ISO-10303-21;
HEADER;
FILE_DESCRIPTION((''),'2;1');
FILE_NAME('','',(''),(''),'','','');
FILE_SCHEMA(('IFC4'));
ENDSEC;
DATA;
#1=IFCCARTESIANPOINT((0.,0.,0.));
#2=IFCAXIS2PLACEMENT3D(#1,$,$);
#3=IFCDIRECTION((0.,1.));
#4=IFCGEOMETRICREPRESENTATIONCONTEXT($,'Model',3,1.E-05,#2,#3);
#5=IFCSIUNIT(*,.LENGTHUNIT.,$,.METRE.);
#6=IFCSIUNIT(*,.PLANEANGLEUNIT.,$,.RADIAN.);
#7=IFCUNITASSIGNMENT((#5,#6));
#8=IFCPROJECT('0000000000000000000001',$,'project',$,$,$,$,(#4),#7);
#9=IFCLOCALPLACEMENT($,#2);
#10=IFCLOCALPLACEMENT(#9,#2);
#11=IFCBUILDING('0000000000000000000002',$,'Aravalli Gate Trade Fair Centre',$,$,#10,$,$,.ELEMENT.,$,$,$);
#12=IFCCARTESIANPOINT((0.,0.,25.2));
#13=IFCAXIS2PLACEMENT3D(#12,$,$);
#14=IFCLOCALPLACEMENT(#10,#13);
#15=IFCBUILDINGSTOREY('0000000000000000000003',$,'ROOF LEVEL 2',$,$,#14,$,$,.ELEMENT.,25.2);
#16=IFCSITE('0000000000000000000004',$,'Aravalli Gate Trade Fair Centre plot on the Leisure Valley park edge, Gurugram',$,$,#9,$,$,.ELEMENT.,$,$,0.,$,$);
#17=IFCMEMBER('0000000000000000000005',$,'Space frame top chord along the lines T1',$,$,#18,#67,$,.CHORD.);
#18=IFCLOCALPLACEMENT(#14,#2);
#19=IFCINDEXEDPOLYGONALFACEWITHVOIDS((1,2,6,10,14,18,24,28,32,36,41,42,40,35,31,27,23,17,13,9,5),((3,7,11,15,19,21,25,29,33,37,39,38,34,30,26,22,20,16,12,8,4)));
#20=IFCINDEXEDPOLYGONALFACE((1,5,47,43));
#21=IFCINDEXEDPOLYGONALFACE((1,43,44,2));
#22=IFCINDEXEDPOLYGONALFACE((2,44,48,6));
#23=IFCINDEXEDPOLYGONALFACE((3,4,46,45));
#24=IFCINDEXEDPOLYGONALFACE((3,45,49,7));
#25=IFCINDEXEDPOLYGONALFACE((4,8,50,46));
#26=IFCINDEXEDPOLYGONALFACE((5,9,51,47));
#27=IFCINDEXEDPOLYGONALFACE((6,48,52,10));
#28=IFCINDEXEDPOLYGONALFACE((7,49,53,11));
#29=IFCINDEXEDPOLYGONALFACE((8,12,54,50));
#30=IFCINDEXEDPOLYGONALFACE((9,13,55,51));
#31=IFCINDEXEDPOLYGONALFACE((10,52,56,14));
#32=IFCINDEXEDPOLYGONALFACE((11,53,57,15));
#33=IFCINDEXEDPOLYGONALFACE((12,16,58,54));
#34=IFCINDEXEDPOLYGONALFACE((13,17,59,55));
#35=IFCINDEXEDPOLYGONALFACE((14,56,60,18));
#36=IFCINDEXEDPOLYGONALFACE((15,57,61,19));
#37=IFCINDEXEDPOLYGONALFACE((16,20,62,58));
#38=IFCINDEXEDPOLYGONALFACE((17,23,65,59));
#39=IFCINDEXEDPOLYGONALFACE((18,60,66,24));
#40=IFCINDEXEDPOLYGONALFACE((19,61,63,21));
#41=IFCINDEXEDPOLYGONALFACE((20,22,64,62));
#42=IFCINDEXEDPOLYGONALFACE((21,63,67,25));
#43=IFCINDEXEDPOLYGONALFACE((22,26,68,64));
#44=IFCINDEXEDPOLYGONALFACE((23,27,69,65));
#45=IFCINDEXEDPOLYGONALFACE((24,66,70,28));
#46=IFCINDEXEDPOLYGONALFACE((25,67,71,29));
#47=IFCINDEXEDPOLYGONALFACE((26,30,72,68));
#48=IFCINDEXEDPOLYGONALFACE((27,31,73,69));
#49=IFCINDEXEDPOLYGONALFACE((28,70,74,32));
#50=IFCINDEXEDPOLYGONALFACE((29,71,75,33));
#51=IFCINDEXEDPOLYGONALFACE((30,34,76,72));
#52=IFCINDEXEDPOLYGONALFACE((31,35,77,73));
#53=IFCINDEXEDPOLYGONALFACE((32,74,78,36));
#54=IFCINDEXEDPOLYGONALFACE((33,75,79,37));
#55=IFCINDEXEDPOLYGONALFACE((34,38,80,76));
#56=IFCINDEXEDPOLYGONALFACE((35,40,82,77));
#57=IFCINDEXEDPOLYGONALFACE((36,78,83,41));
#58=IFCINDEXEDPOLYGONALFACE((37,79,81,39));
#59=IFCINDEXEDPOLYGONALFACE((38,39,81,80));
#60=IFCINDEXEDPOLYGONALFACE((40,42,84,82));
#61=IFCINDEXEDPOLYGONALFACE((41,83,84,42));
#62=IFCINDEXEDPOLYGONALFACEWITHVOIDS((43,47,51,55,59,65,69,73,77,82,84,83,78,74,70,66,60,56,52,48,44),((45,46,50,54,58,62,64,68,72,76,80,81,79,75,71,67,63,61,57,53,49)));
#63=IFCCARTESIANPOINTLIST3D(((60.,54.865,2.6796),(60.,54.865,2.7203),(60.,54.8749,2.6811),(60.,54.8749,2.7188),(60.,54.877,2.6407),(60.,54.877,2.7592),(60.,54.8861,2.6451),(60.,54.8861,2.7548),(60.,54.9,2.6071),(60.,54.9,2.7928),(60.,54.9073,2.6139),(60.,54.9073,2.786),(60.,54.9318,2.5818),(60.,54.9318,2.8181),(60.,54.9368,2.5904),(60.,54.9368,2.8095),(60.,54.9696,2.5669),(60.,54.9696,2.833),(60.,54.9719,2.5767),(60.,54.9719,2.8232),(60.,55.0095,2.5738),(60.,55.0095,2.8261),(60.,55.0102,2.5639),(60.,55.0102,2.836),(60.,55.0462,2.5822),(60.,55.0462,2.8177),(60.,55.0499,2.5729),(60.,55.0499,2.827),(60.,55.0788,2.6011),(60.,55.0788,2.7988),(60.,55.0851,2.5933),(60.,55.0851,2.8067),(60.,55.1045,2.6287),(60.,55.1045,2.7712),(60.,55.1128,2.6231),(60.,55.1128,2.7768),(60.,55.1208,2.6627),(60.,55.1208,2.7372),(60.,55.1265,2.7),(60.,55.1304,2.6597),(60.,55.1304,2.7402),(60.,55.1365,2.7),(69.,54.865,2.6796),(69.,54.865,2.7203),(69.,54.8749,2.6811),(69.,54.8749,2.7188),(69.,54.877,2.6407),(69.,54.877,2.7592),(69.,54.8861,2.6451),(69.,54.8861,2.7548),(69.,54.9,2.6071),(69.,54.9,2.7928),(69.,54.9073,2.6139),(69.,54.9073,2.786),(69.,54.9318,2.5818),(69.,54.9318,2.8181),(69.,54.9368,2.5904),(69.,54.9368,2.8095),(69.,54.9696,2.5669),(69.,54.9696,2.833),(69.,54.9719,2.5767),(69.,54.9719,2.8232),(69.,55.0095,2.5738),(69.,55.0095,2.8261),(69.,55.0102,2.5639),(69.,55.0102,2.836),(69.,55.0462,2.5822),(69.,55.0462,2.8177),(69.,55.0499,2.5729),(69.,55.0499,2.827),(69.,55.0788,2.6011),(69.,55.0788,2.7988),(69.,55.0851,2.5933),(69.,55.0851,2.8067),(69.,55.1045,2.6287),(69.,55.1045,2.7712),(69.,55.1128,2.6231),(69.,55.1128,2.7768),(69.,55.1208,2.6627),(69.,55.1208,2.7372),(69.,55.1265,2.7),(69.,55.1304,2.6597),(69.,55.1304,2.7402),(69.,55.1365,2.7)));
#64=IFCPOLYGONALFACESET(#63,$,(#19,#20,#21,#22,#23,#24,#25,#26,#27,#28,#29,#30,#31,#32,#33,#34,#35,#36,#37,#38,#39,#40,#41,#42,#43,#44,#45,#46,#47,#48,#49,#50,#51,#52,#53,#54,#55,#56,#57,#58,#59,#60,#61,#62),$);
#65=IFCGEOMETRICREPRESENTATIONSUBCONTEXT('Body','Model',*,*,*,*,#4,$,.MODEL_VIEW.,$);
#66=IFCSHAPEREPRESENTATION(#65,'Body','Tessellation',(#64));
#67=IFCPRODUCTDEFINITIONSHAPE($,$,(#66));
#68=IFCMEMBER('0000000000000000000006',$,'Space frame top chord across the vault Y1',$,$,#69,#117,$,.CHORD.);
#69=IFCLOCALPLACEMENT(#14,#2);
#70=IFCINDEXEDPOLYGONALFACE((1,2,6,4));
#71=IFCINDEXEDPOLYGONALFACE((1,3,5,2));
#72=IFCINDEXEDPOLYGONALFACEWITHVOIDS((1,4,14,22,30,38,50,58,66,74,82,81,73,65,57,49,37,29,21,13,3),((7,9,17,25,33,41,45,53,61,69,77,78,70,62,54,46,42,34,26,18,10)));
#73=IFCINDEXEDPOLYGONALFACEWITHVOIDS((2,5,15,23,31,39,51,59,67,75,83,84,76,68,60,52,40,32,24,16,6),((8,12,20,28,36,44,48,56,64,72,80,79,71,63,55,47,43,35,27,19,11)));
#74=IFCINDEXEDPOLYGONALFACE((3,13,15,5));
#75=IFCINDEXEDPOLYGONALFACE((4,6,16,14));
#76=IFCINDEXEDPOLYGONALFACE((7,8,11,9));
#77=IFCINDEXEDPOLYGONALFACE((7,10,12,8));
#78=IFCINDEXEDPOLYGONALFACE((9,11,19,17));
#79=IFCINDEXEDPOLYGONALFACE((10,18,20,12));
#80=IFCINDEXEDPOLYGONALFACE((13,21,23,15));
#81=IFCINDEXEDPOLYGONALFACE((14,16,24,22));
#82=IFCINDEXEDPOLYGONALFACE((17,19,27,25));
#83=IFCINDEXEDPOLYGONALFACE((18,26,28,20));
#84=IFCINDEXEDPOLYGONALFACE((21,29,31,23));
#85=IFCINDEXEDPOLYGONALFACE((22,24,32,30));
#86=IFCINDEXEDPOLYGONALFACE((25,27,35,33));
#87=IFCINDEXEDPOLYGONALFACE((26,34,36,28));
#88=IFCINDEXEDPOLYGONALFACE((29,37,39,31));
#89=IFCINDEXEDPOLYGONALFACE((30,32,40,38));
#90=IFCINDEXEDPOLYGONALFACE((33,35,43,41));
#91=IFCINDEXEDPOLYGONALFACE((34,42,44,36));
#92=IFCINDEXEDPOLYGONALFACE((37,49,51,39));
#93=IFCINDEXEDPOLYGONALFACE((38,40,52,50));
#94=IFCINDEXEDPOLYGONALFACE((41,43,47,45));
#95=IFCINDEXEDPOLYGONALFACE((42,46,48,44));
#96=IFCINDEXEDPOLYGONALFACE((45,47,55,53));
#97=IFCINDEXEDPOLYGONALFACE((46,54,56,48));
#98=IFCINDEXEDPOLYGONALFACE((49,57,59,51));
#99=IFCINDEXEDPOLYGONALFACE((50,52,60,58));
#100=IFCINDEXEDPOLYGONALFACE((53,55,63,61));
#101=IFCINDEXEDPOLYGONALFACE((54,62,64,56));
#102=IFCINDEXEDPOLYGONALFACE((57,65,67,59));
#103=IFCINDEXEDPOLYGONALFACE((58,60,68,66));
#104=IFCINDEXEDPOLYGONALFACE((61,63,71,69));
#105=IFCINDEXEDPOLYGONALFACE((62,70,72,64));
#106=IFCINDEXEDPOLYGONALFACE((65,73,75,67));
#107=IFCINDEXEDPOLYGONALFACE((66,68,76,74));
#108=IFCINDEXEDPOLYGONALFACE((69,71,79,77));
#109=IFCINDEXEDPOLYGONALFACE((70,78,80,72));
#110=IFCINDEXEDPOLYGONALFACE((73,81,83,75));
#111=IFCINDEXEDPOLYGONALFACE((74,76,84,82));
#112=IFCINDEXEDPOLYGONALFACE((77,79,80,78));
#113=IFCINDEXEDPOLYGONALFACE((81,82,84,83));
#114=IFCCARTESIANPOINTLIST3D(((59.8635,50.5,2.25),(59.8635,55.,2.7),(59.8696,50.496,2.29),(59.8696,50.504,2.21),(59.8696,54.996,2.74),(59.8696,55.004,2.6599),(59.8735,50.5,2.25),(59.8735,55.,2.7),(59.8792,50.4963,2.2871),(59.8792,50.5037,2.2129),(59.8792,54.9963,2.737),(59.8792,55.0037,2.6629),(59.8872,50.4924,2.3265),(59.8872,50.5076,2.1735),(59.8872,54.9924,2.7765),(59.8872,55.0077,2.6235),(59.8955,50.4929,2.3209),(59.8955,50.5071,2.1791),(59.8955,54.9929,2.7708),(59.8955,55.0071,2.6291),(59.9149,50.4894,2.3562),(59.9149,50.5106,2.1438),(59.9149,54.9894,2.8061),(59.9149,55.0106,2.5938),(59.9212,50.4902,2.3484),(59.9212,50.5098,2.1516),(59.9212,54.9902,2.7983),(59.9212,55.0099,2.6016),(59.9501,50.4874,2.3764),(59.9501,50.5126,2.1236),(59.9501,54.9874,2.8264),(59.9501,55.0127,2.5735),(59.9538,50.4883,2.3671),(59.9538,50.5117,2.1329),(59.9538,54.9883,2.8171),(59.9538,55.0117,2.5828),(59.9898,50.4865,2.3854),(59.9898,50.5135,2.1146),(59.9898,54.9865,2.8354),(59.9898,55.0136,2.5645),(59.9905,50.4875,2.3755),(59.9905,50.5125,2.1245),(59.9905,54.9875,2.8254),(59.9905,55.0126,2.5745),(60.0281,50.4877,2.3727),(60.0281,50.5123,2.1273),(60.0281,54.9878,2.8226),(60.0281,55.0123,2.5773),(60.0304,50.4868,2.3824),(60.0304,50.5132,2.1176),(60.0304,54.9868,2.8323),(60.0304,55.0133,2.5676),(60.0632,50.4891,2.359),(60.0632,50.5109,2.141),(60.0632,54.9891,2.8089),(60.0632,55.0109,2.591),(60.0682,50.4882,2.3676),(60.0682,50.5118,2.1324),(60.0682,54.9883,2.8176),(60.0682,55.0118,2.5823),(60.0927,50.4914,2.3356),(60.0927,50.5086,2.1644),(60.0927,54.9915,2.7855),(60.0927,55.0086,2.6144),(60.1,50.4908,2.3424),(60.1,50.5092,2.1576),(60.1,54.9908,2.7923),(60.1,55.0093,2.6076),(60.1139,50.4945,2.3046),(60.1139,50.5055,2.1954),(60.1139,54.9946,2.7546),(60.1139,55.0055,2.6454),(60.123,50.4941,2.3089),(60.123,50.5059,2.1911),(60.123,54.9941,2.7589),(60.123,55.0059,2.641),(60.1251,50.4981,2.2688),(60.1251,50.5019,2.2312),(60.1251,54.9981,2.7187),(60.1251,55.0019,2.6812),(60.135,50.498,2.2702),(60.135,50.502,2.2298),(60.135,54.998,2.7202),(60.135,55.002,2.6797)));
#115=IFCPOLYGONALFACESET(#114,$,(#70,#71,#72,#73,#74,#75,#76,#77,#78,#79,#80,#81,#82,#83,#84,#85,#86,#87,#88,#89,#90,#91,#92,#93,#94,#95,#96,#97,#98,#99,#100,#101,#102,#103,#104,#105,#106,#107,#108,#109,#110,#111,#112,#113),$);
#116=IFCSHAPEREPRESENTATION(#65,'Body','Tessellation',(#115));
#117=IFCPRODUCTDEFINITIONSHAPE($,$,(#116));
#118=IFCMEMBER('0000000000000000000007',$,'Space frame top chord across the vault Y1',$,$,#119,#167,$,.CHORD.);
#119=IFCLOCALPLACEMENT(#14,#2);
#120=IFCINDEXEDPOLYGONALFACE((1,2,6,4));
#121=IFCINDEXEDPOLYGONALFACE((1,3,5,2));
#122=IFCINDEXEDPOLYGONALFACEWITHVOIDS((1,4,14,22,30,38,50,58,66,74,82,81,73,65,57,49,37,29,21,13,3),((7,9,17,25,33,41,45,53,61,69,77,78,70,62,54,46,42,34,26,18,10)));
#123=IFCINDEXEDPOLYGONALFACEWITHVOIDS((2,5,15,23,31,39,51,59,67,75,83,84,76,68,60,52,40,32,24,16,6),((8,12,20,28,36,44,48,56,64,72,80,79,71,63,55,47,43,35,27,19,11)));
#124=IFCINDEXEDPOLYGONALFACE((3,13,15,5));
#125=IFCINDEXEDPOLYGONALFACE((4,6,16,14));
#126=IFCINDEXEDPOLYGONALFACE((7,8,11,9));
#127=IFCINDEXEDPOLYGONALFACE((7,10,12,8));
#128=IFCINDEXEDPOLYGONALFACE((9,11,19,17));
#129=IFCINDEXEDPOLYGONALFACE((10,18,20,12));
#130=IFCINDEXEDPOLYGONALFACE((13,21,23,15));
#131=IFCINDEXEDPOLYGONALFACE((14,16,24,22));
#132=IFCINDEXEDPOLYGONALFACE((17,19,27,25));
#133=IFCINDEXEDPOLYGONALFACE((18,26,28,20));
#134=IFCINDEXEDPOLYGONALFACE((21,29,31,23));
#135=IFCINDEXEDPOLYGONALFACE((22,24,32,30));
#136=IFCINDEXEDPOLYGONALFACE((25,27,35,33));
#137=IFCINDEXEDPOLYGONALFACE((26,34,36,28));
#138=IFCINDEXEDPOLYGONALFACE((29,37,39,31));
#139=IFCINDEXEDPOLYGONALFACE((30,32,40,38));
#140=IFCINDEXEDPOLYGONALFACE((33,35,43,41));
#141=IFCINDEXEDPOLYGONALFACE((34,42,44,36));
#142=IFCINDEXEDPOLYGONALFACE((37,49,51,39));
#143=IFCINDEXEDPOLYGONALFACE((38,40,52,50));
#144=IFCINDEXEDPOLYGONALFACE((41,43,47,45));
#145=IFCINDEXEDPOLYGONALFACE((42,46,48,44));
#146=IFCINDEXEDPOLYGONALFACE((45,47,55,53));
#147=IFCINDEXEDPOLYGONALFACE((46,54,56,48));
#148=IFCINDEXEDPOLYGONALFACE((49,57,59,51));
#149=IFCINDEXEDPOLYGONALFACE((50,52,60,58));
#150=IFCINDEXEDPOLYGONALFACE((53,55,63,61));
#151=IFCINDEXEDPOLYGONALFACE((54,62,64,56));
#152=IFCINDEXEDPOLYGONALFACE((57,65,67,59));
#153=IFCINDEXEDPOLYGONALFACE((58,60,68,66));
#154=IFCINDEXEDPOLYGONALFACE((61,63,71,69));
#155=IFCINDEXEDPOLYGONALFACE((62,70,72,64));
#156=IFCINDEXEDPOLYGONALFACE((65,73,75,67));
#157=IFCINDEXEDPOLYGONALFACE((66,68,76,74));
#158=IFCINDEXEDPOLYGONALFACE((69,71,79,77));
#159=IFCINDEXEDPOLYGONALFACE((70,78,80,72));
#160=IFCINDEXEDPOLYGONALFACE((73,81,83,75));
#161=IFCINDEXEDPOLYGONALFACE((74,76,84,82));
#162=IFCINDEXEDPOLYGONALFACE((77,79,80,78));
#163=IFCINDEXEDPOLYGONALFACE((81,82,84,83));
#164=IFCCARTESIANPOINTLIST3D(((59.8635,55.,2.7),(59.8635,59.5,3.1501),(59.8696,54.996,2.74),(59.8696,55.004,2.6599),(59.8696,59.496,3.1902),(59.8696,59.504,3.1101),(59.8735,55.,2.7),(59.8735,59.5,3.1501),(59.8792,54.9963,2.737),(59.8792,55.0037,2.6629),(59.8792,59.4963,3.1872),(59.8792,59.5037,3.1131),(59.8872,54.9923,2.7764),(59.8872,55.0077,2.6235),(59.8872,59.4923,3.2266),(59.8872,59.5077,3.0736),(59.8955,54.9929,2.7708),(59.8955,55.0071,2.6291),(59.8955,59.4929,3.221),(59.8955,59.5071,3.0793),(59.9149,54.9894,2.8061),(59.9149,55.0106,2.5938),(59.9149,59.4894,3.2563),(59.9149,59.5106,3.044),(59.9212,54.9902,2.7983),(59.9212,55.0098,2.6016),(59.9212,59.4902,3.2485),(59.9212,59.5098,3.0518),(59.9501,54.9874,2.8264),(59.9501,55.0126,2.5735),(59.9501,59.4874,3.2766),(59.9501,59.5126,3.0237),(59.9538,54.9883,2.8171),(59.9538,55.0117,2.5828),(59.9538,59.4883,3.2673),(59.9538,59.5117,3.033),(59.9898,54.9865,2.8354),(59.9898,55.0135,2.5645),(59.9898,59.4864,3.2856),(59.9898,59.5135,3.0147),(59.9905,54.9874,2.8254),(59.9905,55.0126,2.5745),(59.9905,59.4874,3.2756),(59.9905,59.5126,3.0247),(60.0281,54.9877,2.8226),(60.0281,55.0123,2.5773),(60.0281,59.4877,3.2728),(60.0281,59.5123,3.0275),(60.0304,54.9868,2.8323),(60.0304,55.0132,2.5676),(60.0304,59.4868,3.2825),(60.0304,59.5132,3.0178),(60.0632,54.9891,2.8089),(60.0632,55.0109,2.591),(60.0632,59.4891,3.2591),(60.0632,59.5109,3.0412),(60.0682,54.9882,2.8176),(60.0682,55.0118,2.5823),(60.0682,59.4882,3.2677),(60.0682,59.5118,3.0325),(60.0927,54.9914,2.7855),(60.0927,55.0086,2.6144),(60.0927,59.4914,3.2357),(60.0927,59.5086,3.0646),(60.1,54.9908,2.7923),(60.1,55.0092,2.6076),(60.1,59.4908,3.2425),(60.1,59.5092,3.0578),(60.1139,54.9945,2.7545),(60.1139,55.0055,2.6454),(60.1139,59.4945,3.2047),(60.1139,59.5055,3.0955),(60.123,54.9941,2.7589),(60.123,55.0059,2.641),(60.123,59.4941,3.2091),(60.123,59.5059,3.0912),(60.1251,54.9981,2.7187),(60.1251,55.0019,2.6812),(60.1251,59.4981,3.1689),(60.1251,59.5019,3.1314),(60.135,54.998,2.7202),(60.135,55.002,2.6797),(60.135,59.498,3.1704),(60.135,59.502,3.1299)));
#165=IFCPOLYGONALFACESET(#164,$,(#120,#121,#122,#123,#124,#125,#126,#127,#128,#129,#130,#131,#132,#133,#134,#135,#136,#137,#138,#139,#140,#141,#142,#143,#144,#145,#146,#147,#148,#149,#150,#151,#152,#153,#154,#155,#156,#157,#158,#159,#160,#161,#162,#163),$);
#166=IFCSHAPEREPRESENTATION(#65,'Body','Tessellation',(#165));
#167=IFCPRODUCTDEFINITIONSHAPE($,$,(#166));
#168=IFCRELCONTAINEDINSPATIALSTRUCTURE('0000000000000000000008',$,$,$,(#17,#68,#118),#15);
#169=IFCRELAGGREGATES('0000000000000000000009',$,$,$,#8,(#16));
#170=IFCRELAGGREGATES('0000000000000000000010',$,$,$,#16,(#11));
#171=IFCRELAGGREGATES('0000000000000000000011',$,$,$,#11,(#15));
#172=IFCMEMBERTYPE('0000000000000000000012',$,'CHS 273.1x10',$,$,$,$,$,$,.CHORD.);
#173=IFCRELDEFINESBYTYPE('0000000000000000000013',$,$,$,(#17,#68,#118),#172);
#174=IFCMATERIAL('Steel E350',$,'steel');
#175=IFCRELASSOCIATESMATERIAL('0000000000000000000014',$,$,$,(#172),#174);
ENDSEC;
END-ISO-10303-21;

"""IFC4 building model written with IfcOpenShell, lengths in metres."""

from ifc_helpers import new_model, si_unit, direction, frame, origin, origin_2d, place, context, subcontext, project, spatial, hollow_circle, extrude, material, material_profile, profile_set, type_object, element, save


model = new_model("IFC4")

# Units and contexts
model_context = context("Model", 3, precision=1e-05, world=origin(), true_north=direction((0.0, 1.0)))
body_context = subcontext(model_context, "Body", "Model", "MODEL_VIEW")
ifc_project = project(units=[si_unit("LENGTHUNIT", "METRE"), si_unit("PLANEANGLEUNIT", "RADIAN")], contexts=[model_context])

# Site, building, storey
site_placement = place(None, origin())
site = spatial("IfcSite", under=ifc_project, at=site_placement, Name="Aravalli Gate Trade Fair Centre plot on the Leisure Valley park edge, Gurugram", CompositionType="ELEMENT", RefElevation=0.0)
building_placement = place(site_placement, origin())
building = spatial("IfcBuilding", under=site, at=building_placement, Name="Aravalli Gate Trade Fair Centre", CompositionType="ELEMENT")
storey_placement = place(building_placement, frame((0.0, 0.0, 25.2)))
storey = spatial("IfcBuildingStorey", under=building, at=storey_placement, Name="ROOF LEVEL 2", CompositionType="ELEMENT", Elevation=25.2)

# Members
ifc_material = material(Name="Steel E350", Category="steel")
ifc_material_profile_1 = material_profile(ifc_material, hollow_circle(Radius=0.1365, WallThickness=0.01, at=origin_2d()), Name="CHS 273.1x10")
ifc_profile_set_1 = profile_set([ifc_material_profile_1], Name="Steel E350")
member_type_1 = type_object("IfcMemberType", Name="CHS 273.1x10", PredefinedType="CHORD", material=ifc_profile_set_1)
for number, where, z_axis, x_axis, name in (
    (1, (60.0, 55.0, 2.7), (1.0, 0.0, 0.0), (0.0, 1.0, 0.0), "Space frame top chord along the lines T1"),
):
    element("IfcMember", number, at=place(storey_placement, frame(where, z_axis=z_axis, x_axis=x_axis)), inside=storey, type_object=member_type_1, Name=name, PredefinedType="CHORD", context=body_context, shape_type="SweptSolid", body=[
        extrude(hollow_circle(Radius=0.1365, WallThickness=0.01, at=origin_2d()), origin(), (0.0, 0.0, 1.0), 9.0),
    ])
for number, where, z_axis, x_axis, name in (
    (2, (60.0, 50.5, 2.25), (0.0, 0.995038, 0.099493), (-1.0, 0.0, 0.0), "Space frame top chord across the vault Y1"),
    (3, (60.0, 55.0, 2.7), (0.0, 0.995033, 0.099546), (-1.0, 0.0, 0.0), "Space frame top chord across the vault Y1"),
):
    element("IfcMember", number, at=place(storey_placement, frame(where, z_axis=z_axis, x_axis=x_axis)), inside=storey, type_object=member_type_1, Name=name, PredefinedType="CHORD", context=body_context, shape_type="SweptSolid", body=[
        extrude(hollow_circle(Radius=0.1365, WallThickness=0.01, at=origin_2d()), origin(), (0.0, 0.0, 1.0), 4.5225),
    ])

save(model, "model.ifc")
